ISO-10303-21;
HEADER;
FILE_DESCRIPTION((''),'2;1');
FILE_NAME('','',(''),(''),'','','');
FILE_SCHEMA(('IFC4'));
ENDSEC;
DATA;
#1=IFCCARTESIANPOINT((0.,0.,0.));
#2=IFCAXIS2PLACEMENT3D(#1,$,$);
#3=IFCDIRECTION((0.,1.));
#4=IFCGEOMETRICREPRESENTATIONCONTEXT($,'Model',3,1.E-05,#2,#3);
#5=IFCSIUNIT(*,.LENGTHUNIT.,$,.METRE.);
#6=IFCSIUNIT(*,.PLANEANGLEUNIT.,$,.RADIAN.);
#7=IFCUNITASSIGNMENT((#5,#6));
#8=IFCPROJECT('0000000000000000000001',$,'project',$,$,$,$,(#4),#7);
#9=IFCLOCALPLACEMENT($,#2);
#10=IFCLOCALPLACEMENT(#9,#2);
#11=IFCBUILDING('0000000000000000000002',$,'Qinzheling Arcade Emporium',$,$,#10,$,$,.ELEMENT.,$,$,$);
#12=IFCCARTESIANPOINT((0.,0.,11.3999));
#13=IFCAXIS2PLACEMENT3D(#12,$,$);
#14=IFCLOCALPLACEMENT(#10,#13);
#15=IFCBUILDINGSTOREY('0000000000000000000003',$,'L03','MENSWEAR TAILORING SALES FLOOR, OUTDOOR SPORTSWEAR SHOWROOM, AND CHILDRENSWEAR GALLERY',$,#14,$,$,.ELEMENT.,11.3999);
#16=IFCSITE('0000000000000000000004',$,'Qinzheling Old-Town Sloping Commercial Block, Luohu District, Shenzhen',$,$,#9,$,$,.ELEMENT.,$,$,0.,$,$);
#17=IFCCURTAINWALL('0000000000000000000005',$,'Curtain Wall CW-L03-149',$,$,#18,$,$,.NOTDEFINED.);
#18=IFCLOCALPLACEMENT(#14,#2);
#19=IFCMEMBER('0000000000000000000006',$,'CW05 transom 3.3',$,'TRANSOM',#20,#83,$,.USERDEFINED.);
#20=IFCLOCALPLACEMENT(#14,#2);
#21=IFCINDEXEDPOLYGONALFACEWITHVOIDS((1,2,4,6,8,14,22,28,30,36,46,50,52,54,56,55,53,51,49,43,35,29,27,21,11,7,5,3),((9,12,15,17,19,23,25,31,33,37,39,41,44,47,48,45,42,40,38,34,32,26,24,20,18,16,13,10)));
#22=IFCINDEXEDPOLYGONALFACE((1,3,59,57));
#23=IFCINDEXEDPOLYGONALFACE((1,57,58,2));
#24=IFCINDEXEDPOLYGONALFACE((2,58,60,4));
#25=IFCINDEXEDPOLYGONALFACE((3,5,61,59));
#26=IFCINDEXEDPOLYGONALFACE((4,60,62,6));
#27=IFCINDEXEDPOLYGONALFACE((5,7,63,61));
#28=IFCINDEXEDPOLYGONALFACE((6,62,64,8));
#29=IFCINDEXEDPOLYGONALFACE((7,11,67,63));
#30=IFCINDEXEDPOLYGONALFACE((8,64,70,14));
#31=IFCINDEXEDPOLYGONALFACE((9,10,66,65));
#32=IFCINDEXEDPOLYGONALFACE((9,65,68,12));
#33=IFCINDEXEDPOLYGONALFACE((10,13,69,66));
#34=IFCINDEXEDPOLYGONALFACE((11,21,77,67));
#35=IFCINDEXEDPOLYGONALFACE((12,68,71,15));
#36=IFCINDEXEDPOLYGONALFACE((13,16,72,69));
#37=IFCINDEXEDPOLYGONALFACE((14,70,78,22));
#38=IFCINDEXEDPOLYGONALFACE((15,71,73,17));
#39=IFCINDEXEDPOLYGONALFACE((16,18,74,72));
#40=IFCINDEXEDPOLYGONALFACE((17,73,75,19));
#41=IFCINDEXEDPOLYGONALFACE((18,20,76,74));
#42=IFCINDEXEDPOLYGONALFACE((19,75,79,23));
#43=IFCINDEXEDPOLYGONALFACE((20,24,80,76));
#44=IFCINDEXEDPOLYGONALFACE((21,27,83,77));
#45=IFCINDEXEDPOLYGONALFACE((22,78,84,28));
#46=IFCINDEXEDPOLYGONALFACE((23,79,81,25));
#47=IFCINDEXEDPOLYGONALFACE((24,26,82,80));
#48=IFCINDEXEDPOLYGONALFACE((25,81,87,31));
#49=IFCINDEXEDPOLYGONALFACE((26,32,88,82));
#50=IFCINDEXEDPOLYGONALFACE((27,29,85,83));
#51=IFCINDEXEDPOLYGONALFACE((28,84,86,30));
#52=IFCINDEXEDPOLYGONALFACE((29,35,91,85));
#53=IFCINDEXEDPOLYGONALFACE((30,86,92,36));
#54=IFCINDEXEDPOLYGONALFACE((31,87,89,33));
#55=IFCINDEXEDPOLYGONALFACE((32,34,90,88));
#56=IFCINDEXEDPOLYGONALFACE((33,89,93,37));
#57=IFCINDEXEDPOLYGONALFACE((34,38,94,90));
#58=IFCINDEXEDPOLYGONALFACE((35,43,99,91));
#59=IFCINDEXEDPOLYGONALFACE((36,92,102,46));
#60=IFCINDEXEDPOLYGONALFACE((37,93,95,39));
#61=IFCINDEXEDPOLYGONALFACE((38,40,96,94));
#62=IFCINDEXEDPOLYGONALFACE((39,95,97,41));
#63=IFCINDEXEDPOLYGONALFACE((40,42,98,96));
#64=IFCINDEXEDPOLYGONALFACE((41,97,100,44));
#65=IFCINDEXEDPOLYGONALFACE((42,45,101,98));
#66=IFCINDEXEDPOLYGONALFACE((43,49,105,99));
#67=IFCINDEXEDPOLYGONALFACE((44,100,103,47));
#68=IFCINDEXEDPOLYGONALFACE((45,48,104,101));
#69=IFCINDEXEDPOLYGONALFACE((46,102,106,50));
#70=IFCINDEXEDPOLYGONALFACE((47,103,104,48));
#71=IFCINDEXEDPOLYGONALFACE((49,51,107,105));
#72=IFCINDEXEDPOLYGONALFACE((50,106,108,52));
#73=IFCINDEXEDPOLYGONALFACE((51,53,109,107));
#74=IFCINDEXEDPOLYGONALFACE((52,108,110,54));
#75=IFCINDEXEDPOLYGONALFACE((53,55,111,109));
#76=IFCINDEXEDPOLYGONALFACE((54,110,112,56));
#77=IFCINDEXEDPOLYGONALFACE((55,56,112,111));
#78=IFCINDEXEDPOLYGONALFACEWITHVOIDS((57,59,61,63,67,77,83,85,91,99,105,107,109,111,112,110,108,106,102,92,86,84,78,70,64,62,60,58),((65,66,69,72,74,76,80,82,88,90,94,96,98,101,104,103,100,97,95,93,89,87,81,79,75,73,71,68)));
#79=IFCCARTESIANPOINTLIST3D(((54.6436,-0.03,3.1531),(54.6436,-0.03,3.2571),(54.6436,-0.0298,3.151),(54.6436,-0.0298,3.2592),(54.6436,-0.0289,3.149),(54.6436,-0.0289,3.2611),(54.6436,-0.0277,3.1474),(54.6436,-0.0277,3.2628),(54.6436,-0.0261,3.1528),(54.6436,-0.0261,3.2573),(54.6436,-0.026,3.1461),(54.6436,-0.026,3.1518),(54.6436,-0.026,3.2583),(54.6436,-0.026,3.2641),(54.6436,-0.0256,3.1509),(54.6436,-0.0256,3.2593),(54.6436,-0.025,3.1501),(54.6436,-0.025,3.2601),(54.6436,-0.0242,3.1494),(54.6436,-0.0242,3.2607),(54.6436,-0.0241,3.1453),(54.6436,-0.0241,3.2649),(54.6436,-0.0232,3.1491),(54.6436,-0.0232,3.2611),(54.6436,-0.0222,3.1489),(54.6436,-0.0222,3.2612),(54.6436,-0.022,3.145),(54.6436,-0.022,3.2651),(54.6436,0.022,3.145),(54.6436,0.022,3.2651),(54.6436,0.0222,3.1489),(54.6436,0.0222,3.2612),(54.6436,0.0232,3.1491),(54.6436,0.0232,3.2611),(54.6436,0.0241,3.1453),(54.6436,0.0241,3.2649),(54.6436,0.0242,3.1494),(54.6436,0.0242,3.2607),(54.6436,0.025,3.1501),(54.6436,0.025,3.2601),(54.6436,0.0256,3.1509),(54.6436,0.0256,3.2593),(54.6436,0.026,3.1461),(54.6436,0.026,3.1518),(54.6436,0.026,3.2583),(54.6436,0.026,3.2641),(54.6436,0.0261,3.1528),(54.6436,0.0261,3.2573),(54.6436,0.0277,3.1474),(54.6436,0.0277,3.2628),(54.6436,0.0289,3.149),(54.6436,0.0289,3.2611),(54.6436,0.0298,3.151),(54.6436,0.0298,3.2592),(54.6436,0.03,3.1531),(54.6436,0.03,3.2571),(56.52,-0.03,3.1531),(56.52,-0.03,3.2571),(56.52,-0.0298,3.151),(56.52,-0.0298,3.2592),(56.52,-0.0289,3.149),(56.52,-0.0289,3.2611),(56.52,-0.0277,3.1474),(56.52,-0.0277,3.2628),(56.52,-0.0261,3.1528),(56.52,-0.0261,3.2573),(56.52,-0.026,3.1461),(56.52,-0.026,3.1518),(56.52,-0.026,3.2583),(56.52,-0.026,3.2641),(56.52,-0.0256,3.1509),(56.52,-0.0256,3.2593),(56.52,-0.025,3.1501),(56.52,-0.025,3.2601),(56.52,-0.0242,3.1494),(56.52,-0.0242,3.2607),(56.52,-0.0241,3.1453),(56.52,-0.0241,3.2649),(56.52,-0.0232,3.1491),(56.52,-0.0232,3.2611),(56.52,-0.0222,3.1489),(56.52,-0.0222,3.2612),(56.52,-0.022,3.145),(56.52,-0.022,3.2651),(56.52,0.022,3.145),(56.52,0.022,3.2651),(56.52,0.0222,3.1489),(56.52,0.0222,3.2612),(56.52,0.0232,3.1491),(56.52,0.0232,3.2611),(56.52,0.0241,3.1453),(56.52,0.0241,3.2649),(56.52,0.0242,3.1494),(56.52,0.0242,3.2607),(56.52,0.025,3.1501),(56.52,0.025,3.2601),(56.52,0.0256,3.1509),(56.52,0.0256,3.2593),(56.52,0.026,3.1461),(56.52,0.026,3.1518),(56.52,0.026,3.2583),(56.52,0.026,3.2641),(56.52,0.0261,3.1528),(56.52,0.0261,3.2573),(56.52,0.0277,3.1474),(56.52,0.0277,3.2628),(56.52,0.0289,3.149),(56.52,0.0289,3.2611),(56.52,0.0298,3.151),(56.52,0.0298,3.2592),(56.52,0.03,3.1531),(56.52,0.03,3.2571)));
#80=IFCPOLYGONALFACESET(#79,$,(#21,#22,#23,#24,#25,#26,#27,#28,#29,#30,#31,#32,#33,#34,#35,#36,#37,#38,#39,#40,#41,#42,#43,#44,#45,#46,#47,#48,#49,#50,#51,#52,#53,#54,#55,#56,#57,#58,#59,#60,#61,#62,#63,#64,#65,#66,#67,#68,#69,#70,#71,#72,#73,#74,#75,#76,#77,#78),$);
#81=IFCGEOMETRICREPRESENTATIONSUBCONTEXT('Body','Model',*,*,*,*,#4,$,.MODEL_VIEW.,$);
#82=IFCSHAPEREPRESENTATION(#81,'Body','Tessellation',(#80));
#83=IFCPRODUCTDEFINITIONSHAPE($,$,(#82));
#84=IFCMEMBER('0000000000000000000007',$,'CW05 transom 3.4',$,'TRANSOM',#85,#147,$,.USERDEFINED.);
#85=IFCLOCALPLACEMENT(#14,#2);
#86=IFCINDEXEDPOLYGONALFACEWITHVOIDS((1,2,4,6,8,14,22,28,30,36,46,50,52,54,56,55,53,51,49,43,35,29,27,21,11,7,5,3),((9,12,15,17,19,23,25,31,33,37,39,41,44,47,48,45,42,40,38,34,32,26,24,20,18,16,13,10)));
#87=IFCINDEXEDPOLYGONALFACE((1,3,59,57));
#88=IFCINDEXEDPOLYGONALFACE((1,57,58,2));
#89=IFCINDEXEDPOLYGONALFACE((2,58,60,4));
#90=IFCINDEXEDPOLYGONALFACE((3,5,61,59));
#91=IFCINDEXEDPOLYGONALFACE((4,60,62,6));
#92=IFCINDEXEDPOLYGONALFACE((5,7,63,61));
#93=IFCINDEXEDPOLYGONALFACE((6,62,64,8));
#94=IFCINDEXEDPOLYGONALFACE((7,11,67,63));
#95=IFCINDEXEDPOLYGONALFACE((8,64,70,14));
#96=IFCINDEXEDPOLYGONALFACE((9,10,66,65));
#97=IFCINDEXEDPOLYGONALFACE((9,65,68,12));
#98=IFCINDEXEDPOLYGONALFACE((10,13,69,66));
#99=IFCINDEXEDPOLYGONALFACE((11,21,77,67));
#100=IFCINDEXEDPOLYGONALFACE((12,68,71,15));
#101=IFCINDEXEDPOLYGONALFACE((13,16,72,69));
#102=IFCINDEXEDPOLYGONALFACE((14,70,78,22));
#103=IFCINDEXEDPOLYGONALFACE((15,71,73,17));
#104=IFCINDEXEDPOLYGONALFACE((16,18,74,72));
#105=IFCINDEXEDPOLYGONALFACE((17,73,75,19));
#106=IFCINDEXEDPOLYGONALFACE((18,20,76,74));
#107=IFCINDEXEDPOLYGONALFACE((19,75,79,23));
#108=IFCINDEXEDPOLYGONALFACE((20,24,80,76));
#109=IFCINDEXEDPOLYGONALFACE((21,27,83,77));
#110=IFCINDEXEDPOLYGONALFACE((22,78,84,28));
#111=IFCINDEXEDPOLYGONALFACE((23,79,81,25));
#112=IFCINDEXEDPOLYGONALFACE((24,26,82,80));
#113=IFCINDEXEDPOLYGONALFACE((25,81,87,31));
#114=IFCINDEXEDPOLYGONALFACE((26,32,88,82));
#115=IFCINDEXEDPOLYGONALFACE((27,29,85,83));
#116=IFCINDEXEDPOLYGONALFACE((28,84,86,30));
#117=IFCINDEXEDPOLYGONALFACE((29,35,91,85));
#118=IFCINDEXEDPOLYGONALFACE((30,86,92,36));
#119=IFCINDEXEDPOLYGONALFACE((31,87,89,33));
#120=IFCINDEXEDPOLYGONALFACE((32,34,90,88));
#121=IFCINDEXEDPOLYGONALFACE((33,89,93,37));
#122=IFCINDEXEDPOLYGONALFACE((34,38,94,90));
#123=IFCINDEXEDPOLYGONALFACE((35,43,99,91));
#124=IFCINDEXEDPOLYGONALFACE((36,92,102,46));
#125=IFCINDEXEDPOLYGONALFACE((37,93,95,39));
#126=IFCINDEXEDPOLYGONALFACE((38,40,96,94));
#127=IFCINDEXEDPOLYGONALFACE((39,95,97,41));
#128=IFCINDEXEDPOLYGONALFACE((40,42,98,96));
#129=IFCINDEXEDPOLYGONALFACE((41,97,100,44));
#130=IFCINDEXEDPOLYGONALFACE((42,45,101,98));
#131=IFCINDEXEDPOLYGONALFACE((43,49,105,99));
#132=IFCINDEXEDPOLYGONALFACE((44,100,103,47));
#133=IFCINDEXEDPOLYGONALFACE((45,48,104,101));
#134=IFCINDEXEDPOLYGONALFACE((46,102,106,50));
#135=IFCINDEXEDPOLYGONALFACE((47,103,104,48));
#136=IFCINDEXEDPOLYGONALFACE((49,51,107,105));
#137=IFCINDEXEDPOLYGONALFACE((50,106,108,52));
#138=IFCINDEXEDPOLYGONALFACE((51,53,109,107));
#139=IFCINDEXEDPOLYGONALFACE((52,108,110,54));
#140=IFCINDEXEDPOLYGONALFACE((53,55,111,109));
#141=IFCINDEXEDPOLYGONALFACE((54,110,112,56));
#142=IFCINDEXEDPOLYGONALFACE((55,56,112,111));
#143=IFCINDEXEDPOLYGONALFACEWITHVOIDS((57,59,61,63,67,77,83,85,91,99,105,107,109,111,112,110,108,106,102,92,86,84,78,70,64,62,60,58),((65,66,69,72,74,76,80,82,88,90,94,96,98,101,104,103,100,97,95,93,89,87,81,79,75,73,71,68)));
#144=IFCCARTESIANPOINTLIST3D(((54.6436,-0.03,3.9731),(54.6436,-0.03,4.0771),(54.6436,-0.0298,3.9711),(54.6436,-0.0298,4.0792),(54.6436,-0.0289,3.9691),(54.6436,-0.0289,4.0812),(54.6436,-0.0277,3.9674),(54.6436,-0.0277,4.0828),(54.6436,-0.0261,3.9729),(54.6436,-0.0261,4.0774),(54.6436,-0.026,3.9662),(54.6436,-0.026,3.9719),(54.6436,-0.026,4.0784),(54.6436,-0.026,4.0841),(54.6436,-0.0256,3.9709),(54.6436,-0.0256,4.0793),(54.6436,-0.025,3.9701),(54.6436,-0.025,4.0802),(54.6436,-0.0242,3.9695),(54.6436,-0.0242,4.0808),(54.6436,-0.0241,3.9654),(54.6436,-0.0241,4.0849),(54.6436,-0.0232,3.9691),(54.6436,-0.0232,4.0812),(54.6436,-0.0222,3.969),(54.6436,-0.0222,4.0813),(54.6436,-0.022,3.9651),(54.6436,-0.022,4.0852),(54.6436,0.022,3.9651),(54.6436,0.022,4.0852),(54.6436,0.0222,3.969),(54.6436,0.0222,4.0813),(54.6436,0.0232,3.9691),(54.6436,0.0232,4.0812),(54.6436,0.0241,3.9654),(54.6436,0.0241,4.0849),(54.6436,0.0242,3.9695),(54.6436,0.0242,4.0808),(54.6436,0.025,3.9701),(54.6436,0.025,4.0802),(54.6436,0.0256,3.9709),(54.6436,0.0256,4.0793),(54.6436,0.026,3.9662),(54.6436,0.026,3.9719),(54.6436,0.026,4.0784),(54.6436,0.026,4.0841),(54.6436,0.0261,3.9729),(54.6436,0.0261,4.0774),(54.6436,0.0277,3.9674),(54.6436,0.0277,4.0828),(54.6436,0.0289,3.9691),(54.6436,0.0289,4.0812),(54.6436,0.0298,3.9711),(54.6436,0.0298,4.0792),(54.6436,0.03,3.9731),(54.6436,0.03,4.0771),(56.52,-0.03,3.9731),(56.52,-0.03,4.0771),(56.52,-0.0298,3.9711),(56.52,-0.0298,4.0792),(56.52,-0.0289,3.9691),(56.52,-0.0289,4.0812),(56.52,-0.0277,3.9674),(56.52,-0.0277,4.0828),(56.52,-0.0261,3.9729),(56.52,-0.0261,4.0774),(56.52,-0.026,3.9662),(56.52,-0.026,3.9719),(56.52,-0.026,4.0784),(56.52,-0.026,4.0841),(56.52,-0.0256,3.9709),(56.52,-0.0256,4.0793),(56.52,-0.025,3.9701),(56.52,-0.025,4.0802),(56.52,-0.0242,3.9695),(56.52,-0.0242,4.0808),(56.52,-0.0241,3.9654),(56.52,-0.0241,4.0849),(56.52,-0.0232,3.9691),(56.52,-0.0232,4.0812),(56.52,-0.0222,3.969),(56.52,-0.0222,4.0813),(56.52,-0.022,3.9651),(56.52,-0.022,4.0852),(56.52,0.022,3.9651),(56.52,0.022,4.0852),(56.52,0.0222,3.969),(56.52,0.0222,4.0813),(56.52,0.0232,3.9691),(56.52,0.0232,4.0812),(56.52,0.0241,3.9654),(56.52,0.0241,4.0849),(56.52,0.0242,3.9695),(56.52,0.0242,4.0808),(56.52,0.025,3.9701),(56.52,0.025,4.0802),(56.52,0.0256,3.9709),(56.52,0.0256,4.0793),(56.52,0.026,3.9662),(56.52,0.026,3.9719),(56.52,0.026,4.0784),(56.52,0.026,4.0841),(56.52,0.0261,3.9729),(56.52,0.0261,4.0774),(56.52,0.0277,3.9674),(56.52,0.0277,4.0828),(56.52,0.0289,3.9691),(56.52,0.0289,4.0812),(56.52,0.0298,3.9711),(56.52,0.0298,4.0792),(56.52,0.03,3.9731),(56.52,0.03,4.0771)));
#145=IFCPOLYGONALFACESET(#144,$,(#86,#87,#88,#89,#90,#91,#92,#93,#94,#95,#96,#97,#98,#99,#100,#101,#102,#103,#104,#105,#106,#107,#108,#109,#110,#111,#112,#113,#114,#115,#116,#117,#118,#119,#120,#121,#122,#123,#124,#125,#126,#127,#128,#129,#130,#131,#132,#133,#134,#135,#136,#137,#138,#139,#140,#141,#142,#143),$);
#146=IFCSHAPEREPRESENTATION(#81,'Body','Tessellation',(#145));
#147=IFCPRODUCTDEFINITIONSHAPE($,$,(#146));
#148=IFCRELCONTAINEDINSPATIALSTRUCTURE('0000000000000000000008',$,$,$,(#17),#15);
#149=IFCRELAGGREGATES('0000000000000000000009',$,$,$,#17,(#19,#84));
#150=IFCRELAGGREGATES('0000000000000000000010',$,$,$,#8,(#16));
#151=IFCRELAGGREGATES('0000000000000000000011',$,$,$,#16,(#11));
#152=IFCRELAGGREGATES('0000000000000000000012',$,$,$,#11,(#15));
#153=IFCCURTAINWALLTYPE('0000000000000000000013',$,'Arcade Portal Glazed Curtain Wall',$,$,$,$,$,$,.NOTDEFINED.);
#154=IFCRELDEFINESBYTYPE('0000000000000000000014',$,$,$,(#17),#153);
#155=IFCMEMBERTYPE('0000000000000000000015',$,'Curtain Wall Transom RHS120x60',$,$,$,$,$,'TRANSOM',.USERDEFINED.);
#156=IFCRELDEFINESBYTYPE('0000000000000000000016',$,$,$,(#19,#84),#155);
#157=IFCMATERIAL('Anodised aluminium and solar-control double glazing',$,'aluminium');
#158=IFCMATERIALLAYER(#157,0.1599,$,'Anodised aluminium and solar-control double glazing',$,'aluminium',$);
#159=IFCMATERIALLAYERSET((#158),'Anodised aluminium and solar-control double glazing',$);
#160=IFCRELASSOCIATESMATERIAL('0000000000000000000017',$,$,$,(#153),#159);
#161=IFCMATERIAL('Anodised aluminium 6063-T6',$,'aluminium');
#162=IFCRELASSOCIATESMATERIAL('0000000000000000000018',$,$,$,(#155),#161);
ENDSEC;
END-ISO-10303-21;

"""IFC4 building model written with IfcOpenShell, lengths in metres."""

from ifc_helpers import new_model, si_unit, direction, frame, origin, origin_2d, place, context, subcontext, project, spatial, hollow_rectangle, extrude, material, layer, layer_set, material_profile, profile_set, type_object, element, aggregate, save


model = new_model("IFC4")

# Units and contexts
model_context = context("Model", 3, precision=1e-05, world=origin(), true_north=direction((0.0, 1.0)))
body_context = subcontext(model_context, "Body", "Model", "MODEL_VIEW")
ifc_project = project(units=[si_unit("LENGTHUNIT", "METRE"), si_unit("PLANEANGLEUNIT", "RADIAN")], contexts=[model_context])

# Site, building, storey
site_placement = place(None, origin())
site = spatial("IfcSite", under=ifc_project, at=site_placement, Name="Qinzheling Old-Town Sloping Commercial Block, Luohu District, Shenzhen", CompositionType="ELEMENT", RefElevation=0.0)
building_placement = place(site_placement, origin())
building = spatial("IfcBuilding", under=site, at=building_placement, Name="Qinzheling Arcade Emporium", CompositionType="ELEMENT")
storey_placement = place(building_placement, frame((0.0, 0.0, 11.3999)))
storey = spatial("IfcBuildingStorey", under=building, at=storey_placement, Name="L03", Description="MENSWEAR TAILORING SALES FLOOR, OUTDOOR SPORTSWEAR SHOWROOM, AND CHILDRENSWEAR GALLERY", CompositionType="ELEMENT", Elevation=11.3999)

# Curtain wall
ifc_material_1 = material(Name="Anodised aluminium and solar-control double glazing", Category="aluminium")
ifc_layer_1 = layer(ifc_material_1, 0.1599, Name="Anodised aluminium and solar-control double glazing", Category="aluminium")
ifc_layer_set_1 = layer_set([ifc_layer_1], Name="Anodised aluminium and solar-control double glazing")
curtain_wall_type = type_object("IfcCurtainWallType", Name="Arcade Portal Glazed Curtain Wall", PredefinedType="NOTDEFINED", material=ifc_layer_set_1)
curtain_wall_1_placement = place(storey_placement, origin())
curtain_wall_1 = element("IfcCurtainWall", 1, at=curtain_wall_1_placement, inside=storey, type_object=curtain_wall_type, Name="Curtain Wall CW-L03-149", PredefinedType="NOTDEFINED")
ifc_material_2 = material(Name="Anodised aluminium 6063-T6", Category="aluminium")

# Members
ifc_material_profile_1 = material_profile(ifc_material_2, hollow_rectangle(XDim=0.0601, YDim=0.1201, WallThickness=0.0039, InnerFilletRadius=0.0039, OuterFilletRadius=0.0081, at=origin_2d()), Name="RHS 120x60x4", Category="aluminium")
ifc_profile_set_1 = profile_set([ifc_material_profile_1], Name="Anodised aluminium 6063-T6")
member_type_1 = type_object("IfcMemberType", Name="Curtain Wall Transom RHS120x60", ElementType="TRANSOM", PredefinedType="USERDEFINED", material=ifc_profile_set_1)
member_1_placement = place(storey_placement, frame((56.52, 0.0, 3.2051), z_axis=(-1.0, 0.0, 0.0), x_axis=(0.0, -1.0, 0.0)))
member_1 = element("IfcMember", 2, at=member_1_placement, type_object=member_type_1, Name="CW05 transom 3.3", ObjectType="TRANSOM", PredefinedType="USERDEFINED", context=body_context, shape_type="SweptSolid", body=[
    extrude(hollow_rectangle(XDim=0.0601, YDim=0.1201, WallThickness=0.0039, InnerFilletRadius=0.0039, OuterFilletRadius=0.0081, at=origin_2d()), origin(), (0.0, 0.0, 1.0), 1.8765),
])
member_2_placement = place(storey_placement, frame((56.52, 0.0, 4.0251), z_axis=(-1.0, 0.0, 0.0), x_axis=(0.0, -1.0, 0.0)))
member_2 = element("IfcMember", 3, at=member_2_placement, type_object=member_type_1, Name="CW05 transom 3.4", ObjectType="TRANSOM", PredefinedType="USERDEFINED", context=body_context, shape_type="SweptSolid", body=[
    extrude(hollow_rectangle(XDim=0.0601, YDim=0.1201, WallThickness=0.0039, InnerFilletRadius=0.0039, OuterFilletRadius=0.0081, at=origin_2d()), origin(), (0.0, 0.0, 1.0), 1.8765),
])

aggregate(curtain_wall_1, [member_1, member_2])

save(model, "model.ifc")
